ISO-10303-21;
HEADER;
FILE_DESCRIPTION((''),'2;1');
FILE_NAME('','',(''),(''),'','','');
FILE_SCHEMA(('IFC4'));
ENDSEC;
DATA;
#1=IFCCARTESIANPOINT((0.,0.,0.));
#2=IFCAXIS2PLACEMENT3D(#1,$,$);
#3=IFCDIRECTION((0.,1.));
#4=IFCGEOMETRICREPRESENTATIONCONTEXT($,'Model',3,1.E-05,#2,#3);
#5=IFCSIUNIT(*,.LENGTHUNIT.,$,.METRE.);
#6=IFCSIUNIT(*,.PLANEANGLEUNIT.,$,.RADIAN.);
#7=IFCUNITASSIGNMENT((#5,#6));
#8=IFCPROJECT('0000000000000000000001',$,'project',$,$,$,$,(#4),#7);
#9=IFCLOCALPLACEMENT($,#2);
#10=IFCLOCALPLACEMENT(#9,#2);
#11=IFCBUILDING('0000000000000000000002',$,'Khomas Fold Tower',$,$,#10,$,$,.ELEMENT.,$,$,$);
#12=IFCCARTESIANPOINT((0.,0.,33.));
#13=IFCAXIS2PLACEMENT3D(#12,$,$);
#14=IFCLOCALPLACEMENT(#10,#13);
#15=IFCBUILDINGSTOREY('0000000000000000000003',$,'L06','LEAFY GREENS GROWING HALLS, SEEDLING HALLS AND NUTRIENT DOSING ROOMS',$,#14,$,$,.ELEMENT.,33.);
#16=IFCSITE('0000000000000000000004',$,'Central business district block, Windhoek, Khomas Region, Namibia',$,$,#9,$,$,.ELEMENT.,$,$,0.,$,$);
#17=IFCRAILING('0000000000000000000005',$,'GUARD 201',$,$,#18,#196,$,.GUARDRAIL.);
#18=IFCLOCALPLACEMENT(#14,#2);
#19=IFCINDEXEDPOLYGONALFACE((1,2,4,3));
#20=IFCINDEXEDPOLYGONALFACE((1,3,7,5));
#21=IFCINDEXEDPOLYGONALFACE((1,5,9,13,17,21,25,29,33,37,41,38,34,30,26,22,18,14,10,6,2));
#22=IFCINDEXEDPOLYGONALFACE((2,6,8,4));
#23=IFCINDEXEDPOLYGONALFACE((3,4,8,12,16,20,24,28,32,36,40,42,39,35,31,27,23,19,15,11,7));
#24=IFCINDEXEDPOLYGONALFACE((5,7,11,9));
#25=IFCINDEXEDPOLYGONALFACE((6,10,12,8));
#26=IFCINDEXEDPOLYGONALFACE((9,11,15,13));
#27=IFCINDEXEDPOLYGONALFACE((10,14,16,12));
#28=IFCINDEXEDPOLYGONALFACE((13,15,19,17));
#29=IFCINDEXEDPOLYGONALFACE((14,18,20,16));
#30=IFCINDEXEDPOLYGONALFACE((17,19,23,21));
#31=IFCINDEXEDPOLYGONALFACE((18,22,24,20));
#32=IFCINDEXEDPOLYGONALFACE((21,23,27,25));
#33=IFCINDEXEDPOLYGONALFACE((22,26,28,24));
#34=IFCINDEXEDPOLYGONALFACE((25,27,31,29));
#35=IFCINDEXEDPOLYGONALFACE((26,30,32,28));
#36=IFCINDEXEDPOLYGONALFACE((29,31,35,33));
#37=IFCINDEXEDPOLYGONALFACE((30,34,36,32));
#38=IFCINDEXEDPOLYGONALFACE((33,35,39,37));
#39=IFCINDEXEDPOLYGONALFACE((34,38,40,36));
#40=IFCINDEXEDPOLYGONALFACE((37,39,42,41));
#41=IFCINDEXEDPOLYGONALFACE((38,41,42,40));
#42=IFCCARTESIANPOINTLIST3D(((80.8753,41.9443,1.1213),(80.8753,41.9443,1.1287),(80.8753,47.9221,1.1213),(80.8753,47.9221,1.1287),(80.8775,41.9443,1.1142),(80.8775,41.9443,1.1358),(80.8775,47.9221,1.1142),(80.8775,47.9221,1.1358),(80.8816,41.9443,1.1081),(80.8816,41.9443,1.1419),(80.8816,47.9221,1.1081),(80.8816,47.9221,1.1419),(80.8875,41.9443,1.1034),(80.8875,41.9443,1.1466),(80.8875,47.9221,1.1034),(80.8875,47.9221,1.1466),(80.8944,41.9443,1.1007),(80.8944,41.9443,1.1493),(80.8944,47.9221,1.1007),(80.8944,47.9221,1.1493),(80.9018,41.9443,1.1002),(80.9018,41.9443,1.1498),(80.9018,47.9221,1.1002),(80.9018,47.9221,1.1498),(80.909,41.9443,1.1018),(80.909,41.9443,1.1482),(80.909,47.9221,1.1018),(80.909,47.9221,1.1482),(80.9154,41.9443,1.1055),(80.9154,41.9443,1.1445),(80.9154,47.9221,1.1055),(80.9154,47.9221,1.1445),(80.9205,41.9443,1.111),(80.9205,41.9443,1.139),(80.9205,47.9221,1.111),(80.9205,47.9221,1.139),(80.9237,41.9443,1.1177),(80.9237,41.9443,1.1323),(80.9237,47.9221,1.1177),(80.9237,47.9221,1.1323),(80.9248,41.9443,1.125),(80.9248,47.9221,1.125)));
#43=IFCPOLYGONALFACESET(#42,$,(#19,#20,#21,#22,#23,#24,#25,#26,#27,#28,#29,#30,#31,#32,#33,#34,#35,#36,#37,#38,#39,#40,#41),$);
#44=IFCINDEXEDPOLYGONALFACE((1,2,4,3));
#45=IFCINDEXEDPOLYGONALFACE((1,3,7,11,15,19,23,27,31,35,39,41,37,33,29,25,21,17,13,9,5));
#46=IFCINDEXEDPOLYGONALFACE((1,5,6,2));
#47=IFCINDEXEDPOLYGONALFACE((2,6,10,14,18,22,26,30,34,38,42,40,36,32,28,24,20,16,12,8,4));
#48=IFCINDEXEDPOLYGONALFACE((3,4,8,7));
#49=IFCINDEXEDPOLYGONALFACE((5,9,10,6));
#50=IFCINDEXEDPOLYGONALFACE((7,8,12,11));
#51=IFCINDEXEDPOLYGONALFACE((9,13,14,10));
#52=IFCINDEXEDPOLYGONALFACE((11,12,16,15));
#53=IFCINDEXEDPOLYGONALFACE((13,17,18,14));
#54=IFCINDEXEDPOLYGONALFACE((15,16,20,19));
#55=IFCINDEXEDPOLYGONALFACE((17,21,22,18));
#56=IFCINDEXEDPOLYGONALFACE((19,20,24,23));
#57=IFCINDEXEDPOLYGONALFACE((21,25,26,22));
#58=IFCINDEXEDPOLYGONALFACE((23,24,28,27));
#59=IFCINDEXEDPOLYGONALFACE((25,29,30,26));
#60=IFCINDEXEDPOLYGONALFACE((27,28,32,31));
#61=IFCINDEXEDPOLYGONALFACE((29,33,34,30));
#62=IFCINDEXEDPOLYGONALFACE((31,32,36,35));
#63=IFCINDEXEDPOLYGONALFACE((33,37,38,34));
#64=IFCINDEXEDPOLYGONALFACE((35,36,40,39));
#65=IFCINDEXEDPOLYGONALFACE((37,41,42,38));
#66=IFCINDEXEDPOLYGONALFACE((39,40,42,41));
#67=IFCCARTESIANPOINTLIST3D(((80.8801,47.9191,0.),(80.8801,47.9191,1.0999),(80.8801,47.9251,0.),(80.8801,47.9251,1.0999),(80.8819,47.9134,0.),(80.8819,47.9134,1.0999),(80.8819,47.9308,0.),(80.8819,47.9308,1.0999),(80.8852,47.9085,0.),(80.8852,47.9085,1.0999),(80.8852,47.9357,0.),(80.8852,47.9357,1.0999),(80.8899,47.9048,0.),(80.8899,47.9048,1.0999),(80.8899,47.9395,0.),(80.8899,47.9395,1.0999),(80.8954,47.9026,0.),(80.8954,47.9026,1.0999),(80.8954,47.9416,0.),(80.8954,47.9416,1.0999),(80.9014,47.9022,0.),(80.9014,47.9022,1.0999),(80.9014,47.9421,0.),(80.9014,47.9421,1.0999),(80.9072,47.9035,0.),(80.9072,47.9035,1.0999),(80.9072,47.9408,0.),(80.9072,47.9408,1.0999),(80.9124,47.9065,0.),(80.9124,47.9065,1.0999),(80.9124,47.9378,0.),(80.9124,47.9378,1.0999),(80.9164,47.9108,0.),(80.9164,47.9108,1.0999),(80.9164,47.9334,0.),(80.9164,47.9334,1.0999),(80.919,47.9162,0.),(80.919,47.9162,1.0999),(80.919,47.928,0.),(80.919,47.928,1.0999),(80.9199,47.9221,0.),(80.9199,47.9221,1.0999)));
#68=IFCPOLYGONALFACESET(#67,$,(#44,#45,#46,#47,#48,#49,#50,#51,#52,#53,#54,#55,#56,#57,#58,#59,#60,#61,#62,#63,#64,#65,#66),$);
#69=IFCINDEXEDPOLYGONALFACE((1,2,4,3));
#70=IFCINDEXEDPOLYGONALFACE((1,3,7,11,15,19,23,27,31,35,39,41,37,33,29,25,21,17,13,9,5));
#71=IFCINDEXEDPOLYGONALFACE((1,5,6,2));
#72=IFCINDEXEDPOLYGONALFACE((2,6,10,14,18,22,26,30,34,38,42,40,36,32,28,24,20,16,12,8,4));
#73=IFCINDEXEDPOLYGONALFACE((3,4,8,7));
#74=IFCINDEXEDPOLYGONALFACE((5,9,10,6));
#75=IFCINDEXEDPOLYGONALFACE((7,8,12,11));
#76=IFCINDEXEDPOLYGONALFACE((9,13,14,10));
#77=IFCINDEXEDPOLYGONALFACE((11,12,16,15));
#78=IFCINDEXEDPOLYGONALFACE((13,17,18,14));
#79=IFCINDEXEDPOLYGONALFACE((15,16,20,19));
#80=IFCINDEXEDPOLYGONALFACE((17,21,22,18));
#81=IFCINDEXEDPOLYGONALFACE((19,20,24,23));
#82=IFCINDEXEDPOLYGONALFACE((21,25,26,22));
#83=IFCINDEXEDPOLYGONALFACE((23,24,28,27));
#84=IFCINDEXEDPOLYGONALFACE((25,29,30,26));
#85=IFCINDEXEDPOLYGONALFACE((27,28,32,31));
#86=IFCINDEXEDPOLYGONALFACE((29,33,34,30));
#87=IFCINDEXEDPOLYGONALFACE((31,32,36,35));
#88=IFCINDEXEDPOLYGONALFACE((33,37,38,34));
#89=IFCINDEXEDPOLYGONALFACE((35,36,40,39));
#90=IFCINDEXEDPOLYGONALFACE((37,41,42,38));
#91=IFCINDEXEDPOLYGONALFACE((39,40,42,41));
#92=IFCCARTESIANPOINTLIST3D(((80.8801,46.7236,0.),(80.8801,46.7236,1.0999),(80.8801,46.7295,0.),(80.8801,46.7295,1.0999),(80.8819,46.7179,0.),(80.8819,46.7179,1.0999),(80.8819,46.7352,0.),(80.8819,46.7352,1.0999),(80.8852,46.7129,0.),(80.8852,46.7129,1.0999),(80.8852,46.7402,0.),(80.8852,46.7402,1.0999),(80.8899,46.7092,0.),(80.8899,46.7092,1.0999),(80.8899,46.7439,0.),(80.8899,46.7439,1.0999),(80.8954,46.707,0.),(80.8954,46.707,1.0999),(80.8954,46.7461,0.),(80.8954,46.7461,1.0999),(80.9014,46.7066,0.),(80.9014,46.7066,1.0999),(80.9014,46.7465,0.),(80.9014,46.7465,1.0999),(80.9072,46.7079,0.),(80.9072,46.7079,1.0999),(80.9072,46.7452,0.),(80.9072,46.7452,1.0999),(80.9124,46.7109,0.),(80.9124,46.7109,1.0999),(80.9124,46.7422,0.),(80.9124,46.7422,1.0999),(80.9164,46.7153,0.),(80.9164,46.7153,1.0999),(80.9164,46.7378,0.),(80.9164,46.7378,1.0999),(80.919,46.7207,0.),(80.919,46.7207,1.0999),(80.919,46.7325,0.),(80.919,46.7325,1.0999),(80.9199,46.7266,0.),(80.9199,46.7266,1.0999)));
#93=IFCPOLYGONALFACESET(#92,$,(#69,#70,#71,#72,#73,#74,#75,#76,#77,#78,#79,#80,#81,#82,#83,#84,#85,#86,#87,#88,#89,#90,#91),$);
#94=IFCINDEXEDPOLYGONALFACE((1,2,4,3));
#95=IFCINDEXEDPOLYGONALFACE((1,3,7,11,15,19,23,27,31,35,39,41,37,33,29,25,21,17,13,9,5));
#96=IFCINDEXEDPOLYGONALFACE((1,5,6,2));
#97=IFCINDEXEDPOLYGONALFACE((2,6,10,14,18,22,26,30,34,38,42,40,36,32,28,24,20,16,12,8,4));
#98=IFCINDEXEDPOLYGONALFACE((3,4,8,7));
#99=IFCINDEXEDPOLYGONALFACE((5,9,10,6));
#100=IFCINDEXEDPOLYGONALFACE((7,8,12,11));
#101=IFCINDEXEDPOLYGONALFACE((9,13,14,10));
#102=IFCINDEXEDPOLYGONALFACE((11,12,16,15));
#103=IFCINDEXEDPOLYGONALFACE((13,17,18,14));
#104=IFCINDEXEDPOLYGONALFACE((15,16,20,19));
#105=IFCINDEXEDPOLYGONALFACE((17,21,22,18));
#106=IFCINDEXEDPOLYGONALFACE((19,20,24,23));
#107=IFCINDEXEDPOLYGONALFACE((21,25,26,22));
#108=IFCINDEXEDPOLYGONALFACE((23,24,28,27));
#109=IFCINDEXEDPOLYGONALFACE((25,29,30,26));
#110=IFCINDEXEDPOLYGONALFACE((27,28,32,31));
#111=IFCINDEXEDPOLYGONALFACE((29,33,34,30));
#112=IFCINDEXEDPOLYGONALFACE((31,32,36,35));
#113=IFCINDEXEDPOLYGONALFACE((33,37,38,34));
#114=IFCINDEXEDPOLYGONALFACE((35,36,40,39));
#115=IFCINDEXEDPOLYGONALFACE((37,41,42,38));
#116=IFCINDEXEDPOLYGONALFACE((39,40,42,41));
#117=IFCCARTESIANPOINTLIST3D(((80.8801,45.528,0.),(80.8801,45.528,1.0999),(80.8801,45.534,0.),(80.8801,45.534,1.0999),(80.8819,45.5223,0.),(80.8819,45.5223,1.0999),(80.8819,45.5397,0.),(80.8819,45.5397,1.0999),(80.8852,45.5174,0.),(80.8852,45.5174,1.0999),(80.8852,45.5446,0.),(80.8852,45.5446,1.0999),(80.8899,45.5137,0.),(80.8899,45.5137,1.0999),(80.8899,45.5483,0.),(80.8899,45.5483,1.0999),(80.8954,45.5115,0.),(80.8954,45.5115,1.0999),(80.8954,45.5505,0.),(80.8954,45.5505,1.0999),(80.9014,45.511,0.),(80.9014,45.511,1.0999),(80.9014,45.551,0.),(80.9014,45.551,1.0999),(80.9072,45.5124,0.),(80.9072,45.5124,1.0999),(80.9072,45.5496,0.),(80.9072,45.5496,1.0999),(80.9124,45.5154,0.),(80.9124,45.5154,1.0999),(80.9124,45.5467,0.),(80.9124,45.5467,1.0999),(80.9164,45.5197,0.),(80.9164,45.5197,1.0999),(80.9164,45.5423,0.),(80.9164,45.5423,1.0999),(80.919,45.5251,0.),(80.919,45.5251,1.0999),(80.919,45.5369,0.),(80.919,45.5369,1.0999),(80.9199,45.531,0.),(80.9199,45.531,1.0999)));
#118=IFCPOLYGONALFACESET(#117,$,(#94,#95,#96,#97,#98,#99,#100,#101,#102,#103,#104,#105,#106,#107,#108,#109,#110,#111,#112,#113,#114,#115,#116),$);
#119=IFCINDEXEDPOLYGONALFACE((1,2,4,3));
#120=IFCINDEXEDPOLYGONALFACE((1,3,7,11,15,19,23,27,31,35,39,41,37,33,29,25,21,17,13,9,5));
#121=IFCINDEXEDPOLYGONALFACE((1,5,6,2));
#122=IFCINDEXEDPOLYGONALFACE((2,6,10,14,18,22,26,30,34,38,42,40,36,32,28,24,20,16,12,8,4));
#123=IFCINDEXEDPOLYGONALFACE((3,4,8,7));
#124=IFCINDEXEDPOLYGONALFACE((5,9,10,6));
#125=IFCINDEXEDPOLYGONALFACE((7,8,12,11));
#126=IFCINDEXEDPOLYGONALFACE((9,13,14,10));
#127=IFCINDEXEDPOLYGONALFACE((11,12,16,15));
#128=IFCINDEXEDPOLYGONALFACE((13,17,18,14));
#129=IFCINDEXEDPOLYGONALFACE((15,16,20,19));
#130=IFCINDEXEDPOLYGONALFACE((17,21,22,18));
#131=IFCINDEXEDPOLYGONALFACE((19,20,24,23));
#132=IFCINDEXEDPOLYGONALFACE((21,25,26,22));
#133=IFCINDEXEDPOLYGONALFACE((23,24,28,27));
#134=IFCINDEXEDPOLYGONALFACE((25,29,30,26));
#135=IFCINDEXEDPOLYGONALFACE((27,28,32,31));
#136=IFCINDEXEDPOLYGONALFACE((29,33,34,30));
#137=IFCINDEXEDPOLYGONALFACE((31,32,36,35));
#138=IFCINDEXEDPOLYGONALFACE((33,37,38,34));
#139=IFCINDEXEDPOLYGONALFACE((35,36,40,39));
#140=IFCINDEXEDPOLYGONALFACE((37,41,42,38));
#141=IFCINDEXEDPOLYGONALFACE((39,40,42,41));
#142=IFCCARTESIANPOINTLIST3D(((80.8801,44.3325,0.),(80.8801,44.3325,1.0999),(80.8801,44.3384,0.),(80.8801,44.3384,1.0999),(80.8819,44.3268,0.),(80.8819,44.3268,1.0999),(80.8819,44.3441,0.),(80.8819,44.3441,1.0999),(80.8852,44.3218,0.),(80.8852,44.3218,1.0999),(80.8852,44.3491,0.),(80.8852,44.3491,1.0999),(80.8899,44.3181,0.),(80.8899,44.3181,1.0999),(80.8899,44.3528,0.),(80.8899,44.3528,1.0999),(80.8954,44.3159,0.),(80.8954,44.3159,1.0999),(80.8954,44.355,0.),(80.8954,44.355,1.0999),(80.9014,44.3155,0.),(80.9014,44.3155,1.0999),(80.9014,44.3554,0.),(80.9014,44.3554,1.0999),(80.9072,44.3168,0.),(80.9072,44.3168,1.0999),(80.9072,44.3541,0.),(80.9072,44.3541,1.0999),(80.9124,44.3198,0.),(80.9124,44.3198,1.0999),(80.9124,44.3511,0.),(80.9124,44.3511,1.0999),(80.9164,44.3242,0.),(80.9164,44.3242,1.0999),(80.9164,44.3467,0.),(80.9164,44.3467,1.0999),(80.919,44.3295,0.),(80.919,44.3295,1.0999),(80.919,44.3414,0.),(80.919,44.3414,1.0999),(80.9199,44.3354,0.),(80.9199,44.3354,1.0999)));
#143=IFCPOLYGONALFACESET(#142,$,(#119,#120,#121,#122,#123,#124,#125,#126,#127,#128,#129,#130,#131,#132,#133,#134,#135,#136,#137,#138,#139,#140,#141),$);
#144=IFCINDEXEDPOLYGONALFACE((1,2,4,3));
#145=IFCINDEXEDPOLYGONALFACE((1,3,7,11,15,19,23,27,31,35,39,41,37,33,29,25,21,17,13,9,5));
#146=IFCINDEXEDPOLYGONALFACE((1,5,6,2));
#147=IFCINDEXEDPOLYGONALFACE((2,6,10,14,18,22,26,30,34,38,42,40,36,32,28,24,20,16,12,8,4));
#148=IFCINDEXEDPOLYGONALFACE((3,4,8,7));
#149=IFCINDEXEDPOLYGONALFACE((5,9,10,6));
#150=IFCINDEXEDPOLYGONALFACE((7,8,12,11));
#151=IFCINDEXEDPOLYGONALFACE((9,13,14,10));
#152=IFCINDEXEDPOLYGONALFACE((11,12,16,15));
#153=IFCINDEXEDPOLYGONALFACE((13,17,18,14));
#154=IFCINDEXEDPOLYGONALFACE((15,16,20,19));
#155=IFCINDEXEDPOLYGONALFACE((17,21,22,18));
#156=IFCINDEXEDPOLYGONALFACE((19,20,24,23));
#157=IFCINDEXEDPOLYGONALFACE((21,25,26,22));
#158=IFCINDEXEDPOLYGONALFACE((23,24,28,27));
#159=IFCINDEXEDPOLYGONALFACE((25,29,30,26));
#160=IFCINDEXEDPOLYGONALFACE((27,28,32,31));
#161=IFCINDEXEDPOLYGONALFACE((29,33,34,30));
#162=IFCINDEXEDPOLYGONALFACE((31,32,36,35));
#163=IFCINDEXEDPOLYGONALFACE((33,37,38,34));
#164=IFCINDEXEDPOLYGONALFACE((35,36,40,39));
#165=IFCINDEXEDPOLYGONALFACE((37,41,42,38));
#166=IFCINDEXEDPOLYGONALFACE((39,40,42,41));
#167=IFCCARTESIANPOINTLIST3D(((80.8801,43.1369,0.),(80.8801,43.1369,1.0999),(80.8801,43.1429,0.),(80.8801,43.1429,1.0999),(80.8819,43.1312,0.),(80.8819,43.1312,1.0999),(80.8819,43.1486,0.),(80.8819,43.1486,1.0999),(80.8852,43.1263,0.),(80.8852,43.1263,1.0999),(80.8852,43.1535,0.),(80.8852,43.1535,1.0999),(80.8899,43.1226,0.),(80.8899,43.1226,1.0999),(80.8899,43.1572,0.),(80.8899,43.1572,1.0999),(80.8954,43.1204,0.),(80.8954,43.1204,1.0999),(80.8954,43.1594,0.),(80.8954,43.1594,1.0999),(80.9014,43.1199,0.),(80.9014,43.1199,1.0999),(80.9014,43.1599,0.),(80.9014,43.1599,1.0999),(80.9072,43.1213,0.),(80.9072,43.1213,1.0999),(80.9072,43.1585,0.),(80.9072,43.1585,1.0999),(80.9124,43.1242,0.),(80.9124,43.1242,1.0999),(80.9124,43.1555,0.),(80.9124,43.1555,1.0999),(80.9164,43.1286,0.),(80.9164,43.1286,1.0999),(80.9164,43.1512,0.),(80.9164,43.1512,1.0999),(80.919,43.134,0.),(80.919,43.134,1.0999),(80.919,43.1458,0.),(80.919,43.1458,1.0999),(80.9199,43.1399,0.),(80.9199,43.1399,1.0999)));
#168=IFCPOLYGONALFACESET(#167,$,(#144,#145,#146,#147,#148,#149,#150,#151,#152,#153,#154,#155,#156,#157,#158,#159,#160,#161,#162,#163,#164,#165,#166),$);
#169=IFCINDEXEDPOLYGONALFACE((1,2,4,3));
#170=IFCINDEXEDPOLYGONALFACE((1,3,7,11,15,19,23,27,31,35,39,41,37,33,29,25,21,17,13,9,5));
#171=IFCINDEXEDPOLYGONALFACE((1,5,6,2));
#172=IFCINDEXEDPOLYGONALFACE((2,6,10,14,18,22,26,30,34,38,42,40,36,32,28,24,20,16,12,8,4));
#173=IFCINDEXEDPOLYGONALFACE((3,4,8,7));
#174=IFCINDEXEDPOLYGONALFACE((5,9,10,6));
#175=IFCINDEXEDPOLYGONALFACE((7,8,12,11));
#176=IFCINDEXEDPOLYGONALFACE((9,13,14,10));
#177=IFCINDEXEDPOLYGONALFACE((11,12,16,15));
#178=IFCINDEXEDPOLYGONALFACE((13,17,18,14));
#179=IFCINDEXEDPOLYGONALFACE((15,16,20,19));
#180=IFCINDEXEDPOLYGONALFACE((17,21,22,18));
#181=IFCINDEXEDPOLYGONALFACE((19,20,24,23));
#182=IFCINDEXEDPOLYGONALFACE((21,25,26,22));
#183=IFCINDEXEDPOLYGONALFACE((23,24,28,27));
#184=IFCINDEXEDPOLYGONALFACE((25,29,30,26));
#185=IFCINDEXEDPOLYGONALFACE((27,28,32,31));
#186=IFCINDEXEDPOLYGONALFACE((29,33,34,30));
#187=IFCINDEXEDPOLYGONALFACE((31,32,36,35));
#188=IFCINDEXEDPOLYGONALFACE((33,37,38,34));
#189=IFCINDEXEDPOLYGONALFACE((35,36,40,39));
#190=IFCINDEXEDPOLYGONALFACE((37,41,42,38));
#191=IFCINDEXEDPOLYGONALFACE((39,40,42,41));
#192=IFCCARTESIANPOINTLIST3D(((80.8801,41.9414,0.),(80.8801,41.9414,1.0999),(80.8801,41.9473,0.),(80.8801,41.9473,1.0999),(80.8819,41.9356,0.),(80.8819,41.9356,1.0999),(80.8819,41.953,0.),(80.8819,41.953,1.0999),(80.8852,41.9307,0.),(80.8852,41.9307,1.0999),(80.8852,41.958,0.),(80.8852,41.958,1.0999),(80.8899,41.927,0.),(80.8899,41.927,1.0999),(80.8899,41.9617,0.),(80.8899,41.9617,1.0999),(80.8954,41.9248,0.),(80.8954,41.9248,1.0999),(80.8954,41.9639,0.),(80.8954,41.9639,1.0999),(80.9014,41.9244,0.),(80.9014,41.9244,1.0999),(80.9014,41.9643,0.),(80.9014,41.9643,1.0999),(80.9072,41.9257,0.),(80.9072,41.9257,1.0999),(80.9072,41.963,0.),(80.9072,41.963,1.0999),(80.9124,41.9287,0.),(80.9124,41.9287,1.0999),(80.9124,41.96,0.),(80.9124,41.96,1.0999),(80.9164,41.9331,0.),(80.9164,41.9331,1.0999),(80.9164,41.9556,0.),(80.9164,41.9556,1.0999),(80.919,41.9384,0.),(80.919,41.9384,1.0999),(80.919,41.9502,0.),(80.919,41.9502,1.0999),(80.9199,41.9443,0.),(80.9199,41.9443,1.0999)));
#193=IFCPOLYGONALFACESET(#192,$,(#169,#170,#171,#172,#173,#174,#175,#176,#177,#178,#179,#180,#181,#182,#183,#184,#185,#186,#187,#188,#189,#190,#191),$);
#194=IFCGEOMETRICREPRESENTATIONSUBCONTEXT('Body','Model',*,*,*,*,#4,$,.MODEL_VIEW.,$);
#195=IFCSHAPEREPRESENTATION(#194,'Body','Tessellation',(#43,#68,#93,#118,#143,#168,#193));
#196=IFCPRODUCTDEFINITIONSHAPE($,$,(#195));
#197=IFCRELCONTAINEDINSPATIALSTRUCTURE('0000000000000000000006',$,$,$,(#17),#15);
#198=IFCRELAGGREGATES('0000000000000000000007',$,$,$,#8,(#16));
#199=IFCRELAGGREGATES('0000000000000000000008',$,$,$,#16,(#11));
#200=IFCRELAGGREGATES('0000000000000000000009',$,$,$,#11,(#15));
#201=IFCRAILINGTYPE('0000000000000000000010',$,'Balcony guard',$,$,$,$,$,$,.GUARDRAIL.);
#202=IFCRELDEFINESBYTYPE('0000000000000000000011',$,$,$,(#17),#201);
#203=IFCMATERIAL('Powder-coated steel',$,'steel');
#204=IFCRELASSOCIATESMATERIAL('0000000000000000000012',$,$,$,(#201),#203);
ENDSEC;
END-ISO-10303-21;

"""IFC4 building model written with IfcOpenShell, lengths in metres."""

from ifc_helpers import new_model, si_unit, direction, frame, origin, origin_2d, place, context, subcontext, project, spatial, circle, extrude, source, transform, mapped, material, type_object, element, save


model = new_model("IFC4")

# Units and contexts
model_context = context("Model", 3, precision=1e-05, world=origin(), true_north=direction((0.0, 1.0)))
body_context = subcontext(model_context, "Body", "Model", "MODEL_VIEW")
ifc_project = project(units=[si_unit("LENGTHUNIT", "METRE"), si_unit("PLANEANGLEUNIT", "RADIAN")], contexts=[model_context])

# Site, building, storey
site_placement = place(None, origin())
site = spatial("IfcSite", under=ifc_project, at=site_placement, Name="Central business district block, Windhoek, Khomas Region, Namibia", CompositionType="ELEMENT", RefElevation=0.0)
building_placement = place(site_placement, origin())
building = spatial("IfcBuilding", under=site, at=building_placement, Name="Khomas Fold Tower", CompositionType="ELEMENT")
storey_placement = place(building_placement, frame((0.0, 0.0, 33.0)))
storey = spatial("IfcBuildingStorey", under=building, at=storey_placement, Name="L06", Description="LEAFY GREENS GROWING HALLS, SEEDLING HALLS AND NUTRIENT DOSING ROOMS", CompositionType="ELEMENT", Elevation=33.0)

# Railing
ifc_material_1 = material(Name="Powder-coated steel", Category="steel")
railing_type_1 = type_object("IfcRailingType", Name="Balcony guard", PredefinedType="GUARDRAIL", material=ifc_material_1)
shared_shape_1 = source(origin(), body_context, "Body", "SweptSolid", [
    extrude(circle(Radius=0.0249, at=origin_2d()), frame((0.0, 0.0, 1.125), z_axis=(0.0, -1.0, 0.0), x_axis=(1.0, 0.0, 0.0)), (0.0, 0.0, 1.0), 5.9778),
    extrude(circle(Radius=0.02, at=origin_2d()), origin(), (0.0, 0.0, 1.0), 1.0999),
    extrude(circle(Radius=0.02, at=origin_2d()), frame((0.0, -1.1956, 0.0)), (0.0, 0.0, 1.0), 1.0999),
    extrude(circle(Radius=0.02, at=origin_2d()), frame((0.0, -2.3911, 0.0)), (0.0, 0.0, 1.0), 1.0999),
    extrude(circle(Radius=0.02, at=origin_2d()), frame((0.0, -3.5867, 0.0)), (0.0, 0.0, 1.0), 1.0999),
    extrude(circle(Radius=0.02, at=origin_2d()), frame((0.0, -4.7822, 0.0)), (0.0, 0.0, 1.0), 1.0999),
    extrude(circle(Radius=0.02, at=origin_2d()), frame((0.0, -5.9778, 0.0)), (0.0, 0.0, 1.0), 1.0999),
])
for number, where, name in (
    (1, (80.8999, 47.9221, 0.0), "GUARD 201"),
):
    element("IfcRailing", number, at=place(storey_placement, frame(where)), inside=storey, type_object=railing_type_1, Name=name, PredefinedType="GUARDRAIL", context=body_context, shape_type="MappedRepresentation", body=[
        mapped(shared_shape_1, transform((0.0, 0.0, 0.0))),
    ])

save(model, "model.ifc")
